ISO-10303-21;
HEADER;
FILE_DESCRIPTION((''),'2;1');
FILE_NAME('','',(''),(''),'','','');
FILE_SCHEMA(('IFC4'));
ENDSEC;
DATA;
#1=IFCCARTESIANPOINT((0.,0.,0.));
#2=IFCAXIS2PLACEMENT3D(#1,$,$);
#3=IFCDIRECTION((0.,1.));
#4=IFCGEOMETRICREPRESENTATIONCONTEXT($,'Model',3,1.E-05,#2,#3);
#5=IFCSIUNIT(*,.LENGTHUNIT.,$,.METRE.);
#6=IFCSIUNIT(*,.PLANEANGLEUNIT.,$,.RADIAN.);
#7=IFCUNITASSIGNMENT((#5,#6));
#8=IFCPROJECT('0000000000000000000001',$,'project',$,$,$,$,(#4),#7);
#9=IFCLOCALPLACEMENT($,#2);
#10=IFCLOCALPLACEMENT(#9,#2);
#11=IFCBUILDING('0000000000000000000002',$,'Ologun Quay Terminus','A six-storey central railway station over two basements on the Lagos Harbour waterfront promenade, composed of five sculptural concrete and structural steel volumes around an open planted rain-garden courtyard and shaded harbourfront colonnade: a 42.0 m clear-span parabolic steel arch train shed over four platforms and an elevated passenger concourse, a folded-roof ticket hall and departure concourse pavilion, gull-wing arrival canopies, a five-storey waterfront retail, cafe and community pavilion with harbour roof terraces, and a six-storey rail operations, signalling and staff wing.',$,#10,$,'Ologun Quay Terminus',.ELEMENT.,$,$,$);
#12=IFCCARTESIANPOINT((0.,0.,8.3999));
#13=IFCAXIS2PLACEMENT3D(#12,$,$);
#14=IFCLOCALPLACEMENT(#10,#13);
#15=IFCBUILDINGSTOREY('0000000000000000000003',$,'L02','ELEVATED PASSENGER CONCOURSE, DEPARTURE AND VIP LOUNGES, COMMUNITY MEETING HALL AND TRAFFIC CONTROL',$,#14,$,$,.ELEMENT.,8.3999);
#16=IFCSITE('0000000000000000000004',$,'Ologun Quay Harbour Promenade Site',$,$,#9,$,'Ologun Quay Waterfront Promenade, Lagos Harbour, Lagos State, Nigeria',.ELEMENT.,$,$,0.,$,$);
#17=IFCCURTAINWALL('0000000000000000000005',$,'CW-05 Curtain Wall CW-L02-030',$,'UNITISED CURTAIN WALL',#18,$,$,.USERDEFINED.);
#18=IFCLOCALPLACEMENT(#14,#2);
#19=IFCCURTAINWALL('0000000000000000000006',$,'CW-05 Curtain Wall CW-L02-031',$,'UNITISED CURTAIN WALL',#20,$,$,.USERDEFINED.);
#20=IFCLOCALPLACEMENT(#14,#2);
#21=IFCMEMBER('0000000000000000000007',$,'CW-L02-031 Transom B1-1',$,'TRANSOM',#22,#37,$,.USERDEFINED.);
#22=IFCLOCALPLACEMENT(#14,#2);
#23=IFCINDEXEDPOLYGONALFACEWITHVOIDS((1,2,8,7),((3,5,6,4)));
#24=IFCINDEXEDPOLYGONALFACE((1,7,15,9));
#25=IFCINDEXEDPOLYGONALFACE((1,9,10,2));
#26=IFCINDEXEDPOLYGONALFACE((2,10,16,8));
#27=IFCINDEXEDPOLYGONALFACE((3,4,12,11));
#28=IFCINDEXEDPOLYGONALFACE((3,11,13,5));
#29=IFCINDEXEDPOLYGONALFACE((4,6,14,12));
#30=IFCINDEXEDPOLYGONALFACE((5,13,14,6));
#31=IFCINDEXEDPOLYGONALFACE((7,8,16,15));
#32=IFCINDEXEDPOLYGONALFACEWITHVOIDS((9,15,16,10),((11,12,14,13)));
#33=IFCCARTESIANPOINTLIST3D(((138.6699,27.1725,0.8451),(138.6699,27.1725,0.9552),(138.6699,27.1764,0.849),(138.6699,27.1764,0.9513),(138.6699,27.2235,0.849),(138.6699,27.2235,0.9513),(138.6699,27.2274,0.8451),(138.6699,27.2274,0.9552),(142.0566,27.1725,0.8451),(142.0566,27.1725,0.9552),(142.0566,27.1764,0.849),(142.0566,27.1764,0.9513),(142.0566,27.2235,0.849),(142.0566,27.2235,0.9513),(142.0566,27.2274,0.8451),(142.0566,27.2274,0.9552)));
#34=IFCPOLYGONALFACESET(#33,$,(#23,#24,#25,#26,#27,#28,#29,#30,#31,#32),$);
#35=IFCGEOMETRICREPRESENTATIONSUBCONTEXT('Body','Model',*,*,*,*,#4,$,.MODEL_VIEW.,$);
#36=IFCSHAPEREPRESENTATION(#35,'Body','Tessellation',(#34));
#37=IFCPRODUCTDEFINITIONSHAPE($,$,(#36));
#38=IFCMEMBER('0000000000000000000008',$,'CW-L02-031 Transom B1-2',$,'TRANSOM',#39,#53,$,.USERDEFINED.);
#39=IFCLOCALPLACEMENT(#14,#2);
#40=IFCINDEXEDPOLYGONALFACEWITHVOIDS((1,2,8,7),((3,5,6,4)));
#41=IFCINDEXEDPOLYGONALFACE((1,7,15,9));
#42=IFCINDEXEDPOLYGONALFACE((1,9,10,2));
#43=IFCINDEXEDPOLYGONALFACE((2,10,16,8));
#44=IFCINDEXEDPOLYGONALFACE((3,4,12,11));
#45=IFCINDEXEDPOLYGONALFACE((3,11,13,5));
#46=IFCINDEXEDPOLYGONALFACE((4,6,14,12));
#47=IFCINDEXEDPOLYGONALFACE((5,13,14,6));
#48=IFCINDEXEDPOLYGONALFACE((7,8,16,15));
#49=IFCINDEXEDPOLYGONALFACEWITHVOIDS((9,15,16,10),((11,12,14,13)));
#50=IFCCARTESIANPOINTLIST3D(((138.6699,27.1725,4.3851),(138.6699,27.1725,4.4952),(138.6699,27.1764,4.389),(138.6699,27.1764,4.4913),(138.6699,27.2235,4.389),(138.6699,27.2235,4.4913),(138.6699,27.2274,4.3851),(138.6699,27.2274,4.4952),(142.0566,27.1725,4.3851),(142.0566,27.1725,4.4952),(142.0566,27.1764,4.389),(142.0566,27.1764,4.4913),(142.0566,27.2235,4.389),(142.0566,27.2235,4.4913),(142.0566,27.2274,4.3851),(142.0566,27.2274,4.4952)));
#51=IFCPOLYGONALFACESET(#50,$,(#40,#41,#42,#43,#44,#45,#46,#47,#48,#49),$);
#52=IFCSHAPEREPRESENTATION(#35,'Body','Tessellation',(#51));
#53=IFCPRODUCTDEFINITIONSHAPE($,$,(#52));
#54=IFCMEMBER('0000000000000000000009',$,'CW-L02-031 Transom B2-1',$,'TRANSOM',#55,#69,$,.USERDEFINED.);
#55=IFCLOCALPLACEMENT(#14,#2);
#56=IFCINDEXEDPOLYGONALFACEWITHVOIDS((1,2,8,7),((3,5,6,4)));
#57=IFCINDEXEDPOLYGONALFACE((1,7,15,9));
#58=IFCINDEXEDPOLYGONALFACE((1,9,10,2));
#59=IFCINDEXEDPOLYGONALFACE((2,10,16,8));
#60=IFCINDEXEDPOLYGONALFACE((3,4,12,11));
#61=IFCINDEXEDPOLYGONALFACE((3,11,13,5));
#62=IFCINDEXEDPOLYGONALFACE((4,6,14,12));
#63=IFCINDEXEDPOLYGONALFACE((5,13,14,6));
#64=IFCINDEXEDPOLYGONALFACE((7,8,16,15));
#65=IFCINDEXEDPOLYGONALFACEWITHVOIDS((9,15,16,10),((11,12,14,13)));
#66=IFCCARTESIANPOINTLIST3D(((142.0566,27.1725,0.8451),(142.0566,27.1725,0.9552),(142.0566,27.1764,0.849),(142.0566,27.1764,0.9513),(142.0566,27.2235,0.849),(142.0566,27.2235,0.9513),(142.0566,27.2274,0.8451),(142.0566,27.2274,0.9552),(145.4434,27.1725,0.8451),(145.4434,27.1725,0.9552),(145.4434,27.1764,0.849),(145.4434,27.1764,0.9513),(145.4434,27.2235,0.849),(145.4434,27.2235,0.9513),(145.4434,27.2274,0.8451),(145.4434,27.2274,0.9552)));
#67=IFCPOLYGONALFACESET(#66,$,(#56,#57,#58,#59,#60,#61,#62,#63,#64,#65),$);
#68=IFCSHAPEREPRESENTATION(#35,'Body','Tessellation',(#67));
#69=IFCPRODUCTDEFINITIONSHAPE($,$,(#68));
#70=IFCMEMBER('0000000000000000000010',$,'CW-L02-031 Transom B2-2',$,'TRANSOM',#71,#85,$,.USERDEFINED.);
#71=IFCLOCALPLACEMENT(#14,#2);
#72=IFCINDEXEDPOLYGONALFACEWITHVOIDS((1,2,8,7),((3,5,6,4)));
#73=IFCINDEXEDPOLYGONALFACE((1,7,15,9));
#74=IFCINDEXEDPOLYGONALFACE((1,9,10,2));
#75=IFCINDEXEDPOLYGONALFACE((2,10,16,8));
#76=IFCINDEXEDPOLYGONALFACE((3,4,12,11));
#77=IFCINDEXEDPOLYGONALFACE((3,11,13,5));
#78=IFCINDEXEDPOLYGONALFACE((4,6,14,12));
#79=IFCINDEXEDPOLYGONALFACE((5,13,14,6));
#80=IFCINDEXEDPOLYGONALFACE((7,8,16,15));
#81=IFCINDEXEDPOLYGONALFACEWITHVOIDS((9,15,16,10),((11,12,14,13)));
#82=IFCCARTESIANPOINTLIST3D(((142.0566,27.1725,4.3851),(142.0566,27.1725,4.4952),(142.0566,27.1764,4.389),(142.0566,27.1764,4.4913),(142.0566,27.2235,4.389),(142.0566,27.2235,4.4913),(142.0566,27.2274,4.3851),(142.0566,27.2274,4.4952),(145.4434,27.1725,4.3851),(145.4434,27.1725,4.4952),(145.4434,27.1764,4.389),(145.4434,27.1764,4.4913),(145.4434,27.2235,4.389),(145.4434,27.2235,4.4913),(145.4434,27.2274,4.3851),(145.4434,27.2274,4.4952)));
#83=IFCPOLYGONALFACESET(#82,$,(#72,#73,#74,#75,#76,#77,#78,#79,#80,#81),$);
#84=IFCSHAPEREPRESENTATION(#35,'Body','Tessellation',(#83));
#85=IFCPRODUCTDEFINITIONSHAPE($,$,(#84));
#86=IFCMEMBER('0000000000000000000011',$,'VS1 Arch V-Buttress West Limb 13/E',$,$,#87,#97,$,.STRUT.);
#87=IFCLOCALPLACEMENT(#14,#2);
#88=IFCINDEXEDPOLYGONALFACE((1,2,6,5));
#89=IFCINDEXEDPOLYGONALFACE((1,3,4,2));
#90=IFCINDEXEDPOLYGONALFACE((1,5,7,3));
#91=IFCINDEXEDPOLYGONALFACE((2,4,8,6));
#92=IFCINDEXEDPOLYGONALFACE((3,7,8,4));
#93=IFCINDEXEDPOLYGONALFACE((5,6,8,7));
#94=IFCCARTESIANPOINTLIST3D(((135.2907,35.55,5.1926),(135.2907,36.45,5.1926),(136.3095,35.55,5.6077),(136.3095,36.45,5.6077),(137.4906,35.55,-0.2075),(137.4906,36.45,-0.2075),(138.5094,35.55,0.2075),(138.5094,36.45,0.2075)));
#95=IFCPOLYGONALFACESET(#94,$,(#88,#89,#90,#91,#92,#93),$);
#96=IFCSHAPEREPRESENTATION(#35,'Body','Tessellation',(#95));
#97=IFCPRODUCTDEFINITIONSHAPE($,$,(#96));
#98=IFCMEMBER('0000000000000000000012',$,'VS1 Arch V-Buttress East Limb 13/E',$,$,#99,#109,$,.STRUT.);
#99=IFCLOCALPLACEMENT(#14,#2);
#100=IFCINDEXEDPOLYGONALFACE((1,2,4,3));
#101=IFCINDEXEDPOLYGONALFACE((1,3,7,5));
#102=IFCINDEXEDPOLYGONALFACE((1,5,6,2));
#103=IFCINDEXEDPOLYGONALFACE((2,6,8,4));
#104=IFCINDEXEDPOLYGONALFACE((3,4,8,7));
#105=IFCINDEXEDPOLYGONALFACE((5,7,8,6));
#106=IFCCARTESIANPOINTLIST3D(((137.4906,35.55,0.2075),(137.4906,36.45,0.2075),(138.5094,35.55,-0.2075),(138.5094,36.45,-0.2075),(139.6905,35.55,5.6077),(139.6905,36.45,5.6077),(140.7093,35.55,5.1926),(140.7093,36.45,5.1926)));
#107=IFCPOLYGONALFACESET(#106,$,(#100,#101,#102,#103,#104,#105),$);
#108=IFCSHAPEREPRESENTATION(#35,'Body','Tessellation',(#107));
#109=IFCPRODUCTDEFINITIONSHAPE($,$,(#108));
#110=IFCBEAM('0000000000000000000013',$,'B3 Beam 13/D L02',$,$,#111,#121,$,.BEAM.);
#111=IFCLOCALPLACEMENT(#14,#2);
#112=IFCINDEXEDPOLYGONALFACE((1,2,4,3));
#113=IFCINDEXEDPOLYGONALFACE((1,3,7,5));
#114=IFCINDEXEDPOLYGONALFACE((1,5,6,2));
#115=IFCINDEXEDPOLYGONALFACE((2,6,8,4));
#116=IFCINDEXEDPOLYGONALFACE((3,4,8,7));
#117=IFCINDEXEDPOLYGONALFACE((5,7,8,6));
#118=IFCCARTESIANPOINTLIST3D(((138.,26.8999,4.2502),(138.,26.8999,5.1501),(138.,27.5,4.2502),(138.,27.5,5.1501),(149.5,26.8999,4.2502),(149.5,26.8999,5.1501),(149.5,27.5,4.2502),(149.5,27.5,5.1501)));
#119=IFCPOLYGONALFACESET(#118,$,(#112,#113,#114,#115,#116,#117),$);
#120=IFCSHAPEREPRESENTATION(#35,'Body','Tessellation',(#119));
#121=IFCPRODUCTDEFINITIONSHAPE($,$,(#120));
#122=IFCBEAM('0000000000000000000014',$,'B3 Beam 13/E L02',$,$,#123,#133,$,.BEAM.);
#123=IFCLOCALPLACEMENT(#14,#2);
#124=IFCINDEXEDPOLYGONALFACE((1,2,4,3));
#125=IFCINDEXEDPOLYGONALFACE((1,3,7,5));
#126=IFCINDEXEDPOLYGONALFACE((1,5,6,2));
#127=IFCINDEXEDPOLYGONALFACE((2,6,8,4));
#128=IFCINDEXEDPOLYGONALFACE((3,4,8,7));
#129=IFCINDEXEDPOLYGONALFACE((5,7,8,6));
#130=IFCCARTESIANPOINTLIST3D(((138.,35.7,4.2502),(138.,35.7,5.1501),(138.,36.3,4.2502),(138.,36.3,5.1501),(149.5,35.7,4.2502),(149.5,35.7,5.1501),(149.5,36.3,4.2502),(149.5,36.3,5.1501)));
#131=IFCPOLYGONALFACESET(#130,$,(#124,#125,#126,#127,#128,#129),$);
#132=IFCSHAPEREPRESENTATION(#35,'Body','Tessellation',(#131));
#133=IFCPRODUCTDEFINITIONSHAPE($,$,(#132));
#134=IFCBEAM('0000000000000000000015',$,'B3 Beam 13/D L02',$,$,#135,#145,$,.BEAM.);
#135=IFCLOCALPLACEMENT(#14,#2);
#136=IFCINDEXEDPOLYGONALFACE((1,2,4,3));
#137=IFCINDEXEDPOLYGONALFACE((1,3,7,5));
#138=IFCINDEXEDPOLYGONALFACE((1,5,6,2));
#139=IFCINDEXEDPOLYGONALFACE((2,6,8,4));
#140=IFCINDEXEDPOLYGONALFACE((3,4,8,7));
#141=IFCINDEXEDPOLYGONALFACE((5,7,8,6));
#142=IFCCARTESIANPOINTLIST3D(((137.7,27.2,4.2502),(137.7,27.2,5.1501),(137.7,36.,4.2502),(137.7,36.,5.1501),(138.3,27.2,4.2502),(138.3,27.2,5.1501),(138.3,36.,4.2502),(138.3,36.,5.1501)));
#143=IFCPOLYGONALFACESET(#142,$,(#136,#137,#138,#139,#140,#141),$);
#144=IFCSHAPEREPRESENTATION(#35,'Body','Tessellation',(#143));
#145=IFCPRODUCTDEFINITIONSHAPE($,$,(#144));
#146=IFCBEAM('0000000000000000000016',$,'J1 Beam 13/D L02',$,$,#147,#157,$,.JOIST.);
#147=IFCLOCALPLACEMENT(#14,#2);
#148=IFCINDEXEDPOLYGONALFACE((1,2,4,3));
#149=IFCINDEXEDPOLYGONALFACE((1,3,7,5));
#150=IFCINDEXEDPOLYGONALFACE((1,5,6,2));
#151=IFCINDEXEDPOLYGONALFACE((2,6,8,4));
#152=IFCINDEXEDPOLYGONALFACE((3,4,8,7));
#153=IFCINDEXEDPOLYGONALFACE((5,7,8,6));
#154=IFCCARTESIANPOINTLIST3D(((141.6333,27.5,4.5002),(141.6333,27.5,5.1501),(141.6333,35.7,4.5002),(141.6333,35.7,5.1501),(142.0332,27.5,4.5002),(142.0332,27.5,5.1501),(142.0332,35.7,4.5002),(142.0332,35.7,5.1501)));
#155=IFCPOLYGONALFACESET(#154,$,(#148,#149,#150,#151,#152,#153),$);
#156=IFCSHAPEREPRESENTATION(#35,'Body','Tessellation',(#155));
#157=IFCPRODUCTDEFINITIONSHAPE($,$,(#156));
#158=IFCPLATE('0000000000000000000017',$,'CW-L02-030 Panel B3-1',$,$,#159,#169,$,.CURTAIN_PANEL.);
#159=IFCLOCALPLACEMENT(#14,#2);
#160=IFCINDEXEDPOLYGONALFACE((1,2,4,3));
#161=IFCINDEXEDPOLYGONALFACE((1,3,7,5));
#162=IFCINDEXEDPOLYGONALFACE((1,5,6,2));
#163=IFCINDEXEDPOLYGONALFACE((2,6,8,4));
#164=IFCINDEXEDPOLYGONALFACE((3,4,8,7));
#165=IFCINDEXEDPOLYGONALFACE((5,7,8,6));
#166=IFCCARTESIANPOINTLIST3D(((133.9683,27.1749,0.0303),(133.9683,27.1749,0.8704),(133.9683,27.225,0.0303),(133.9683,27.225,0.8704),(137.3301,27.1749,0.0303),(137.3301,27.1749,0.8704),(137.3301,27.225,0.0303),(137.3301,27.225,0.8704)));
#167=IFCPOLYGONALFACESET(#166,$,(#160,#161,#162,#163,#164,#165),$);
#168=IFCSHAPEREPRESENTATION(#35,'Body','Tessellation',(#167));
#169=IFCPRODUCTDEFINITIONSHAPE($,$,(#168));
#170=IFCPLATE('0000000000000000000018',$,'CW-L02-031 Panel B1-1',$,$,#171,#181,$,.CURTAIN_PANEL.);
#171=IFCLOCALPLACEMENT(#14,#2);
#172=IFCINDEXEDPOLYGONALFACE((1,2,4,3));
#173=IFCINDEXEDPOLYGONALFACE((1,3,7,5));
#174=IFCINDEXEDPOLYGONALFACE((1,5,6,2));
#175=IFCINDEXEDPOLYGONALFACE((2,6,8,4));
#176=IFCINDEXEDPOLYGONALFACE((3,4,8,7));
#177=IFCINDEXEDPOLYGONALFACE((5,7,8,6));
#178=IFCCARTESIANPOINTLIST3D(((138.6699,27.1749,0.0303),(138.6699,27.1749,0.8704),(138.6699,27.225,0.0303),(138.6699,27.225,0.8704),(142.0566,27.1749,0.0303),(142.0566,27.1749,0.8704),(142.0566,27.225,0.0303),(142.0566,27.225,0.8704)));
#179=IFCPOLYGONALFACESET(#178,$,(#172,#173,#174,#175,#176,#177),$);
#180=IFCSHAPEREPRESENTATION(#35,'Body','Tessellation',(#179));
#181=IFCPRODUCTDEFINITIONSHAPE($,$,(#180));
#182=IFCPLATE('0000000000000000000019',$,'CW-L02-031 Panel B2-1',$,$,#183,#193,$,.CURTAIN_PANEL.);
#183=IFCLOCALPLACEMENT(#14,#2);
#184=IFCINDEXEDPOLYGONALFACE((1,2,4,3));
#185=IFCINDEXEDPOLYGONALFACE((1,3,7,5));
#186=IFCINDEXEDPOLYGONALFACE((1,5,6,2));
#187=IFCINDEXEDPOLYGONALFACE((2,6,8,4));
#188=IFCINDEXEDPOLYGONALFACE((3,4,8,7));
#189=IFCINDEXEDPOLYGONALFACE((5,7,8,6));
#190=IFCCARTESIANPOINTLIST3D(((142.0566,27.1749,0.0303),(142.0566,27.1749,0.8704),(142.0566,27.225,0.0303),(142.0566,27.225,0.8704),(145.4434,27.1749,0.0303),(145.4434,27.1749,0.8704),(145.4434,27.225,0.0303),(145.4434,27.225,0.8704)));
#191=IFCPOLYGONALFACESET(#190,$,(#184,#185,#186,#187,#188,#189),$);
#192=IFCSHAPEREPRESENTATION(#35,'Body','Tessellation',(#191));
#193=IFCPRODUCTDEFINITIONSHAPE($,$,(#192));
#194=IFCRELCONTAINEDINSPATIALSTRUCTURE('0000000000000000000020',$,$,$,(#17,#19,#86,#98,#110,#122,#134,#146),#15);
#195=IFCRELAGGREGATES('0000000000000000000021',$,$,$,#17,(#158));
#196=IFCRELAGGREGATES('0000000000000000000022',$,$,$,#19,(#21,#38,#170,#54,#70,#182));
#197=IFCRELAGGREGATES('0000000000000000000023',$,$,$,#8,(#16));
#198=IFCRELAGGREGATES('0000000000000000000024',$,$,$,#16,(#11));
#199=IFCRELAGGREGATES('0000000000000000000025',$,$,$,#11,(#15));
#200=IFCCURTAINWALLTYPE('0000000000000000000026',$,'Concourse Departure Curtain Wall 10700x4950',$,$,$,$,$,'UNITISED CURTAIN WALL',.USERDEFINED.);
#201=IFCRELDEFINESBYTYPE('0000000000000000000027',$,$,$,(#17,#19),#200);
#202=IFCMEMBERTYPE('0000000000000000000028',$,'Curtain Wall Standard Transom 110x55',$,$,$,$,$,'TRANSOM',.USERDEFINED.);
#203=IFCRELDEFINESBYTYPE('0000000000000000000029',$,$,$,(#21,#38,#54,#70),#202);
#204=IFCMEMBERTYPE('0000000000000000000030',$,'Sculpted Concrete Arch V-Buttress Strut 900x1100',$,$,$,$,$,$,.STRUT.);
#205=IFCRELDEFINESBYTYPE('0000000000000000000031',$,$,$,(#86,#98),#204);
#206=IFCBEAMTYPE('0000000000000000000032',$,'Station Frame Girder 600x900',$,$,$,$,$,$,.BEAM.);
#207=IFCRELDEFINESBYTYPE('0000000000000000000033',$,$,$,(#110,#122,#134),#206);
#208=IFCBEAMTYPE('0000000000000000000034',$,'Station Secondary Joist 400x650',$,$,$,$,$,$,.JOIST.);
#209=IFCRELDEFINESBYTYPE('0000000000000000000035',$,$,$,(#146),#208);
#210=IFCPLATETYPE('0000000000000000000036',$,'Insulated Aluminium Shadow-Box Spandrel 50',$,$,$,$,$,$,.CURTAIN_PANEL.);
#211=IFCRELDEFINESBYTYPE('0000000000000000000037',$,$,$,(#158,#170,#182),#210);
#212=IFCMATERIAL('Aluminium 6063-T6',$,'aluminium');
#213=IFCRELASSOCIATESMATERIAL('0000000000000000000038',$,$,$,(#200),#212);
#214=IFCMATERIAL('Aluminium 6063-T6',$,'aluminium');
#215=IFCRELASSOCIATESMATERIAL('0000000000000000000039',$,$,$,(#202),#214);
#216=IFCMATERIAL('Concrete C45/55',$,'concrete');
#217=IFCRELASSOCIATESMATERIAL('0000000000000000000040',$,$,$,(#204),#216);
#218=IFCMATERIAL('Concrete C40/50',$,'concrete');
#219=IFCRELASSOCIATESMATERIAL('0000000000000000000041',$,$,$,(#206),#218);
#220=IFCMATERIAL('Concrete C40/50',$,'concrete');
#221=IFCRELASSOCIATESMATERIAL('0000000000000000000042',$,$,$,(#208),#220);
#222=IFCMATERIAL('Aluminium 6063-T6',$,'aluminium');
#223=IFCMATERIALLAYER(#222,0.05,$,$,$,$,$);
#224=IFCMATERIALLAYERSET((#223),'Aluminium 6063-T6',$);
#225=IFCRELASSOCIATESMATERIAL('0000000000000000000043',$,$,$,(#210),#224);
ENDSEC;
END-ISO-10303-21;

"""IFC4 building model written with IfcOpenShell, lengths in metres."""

from ifc_helpers import new_model, si_unit, direction, frame, origin, origin_2d, place, context, subcontext, project, spatial, rectangle, hollow_rectangle, extrude, material, layer, layer_set, material_profile, profile_set, type_object, element, aggregate, save


model = new_model("IFC4")

# Units and contexts
model_context = context("Model", 3, precision=1e-05, world=origin(), true_north=direction((0.0, 1.0)))
body_context = subcontext(model_context, "Body", "Model", "MODEL_VIEW")
ifc_project = project(units=[si_unit("LENGTHUNIT", "METRE"), si_unit("PLANEANGLEUNIT", "RADIAN")], contexts=[model_context])

# Site, building, storey
site_placement = place(None, origin())
site = spatial("IfcSite", under=ifc_project, at=site_placement, Name="Ologun Quay Harbour Promenade Site", LongName="Ologun Quay Waterfront Promenade, Lagos Harbour, Lagos State, Nigeria", CompositionType="ELEMENT", RefElevation=0.0)
building_placement = place(site_placement, origin())
building = spatial("IfcBuilding", under=site, at=building_placement, Name="Ologun Quay Terminus", Description="A six-storey central railway station over two basements on the Lagos Harbour waterfront promenade, composed of five sculptural concrete and structural steel volumes around an open planted rain-garden courtyard and shaded harbourfront colonnade: a 42.0 m clear-span parabolic steel arch train shed over four platforms and an elevated passenger concourse, a folded-roof ticket hall and departure concourse pavilion, gull-wing arrival canopies, a five-storey waterfront retail, cafe and community pavilion with harbour roof terraces, and a six-storey rail operations, signalling and staff wing.", LongName="Ologun Quay Terminus", CompositionType="ELEMENT")
storey_placement = place(building_placement, frame((0.0, 0.0, 8.3999)))
storey = spatial("IfcBuildingStorey", under=building, at=storey_placement, Name="L02", Description="ELEVATED PASSENGER CONCOURSE, DEPARTURE AND VIP LOUNGES, COMMUNITY MEETING HALL AND TRAFFIC CONTROL", CompositionType="ELEMENT", Elevation=8.3999)

# Curtain wall
ifc_material_1 = material(Name="Aluminium 6063-T6", Category="aluminium")
curtain_wall_type_1 = type_object("IfcCurtainWallType", Name="Concourse Departure Curtain Wall 10700x4950", ElementType="UNITISED CURTAIN WALL", PredefinedType="USERDEFINED", material=ifc_material_1)
curtain_wall_1_placement = place(storey_placement, origin())
curtain_wall_1 = element("IfcCurtainWall", 1, at=curtain_wall_1_placement, inside=storey, type_object=curtain_wall_type_1, Name="CW-05 Curtain Wall CW-L02-030", ObjectType="UNITISED CURTAIN WALL", PredefinedType="USERDEFINED")

# Curtain wall, members
curtain_wall_2_placement = place(storey_placement, origin())
curtain_wall_2 = element("IfcCurtainWall", 2, at=curtain_wall_2_placement, inside=storey, type_object=curtain_wall_type_1, Name="CW-05 Curtain Wall CW-L02-031", ObjectType="UNITISED CURTAIN WALL", PredefinedType="USERDEFINED")
ifc_material_2 = material(Name="Aluminium 6063-T6", Category="aluminium")
ifc_material_profile_1 = material_profile(ifc_material_2, hollow_rectangle(XDim=0.0549, YDim=0.1101, WallThickness=0.0039, at=origin_2d()), Name="ALU 110x55x4")
ifc_profile_set_1 = profile_set([ifc_material_profile_1], Name="Aluminium 6063-T6")
member_type_1 = type_object("IfcMemberType", Name="Curtain Wall Standard Transom 110x55", ElementType="TRANSOM", PredefinedType="USERDEFINED", material=ifc_profile_set_1)
member_1_placement = place(storey_placement, frame((138.6699, 27.2, 0.9001), z_axis=(1.0, 0.0, 0.0), x_axis=(0.0, 1.0, 0.0)))
member_1 = element("IfcMember", 3, at=member_1_placement, type_object=member_type_1, Name="CW-L02-031 Transom B1-1", ObjectType="TRANSOM", PredefinedType="USERDEFINED", context=body_context, shape_type="SweptSolid", body=[
    extrude(hollow_rectangle(XDim=0.0549, YDim=0.1101, WallThickness=0.0039, at=origin_2d()), origin(), (0.0, 0.0, 1.0), 3.3867),
])
member_2_placement = place(storey_placement, frame((138.6699, 27.2, 4.4402), z_axis=(1.0, 0.0, 0.0), x_axis=(0.0, 1.0, 0.0)))
member_2 = element("IfcMember", 4, at=member_2_placement, type_object=member_type_1, Name="CW-L02-031 Transom B1-2", ObjectType="TRANSOM", PredefinedType="USERDEFINED", context=body_context, shape_type="SweptSolid", body=[
    extrude(hollow_rectangle(XDim=0.0549, YDim=0.1101, WallThickness=0.0039, at=origin_2d()), origin(), (0.0, 0.0, 1.0), 3.3867),
])
member_3_placement = place(storey_placement, frame((142.0566, 27.2, 0.9001), z_axis=(1.0, 0.0, 0.0), x_axis=(0.0, 1.0, 0.0)))
member_3 = element("IfcMember", 5, at=member_3_placement, type_object=member_type_1, Name="CW-L02-031 Transom B2-1", ObjectType="TRANSOM", PredefinedType="USERDEFINED", context=body_context, shape_type="SweptSolid", body=[
    extrude(hollow_rectangle(XDim=0.0549, YDim=0.1101, WallThickness=0.0039, at=origin_2d()), origin(), (0.0, 0.0, 1.0), 3.3867),
])
member_4_placement = place(storey_placement, frame((142.0566, 27.2, 4.4402), z_axis=(1.0, 0.0, 0.0), x_axis=(0.0, 1.0, 0.0)))
member_4 = element("IfcMember", 6, at=member_4_placement, type_object=member_type_1, Name="CW-L02-031 Transom B2-2", ObjectType="TRANSOM", PredefinedType="USERDEFINED", context=body_context, shape_type="SweptSolid", body=[
    extrude(hollow_rectangle(XDim=0.0549, YDim=0.1101, WallThickness=0.0039, at=origin_2d()), origin(), (0.0, 0.0, 1.0), 3.3867),
])

# Members
ifc_material_3 = material(Name="Concrete C45/55", Category="concrete")
ifc_material_profile_2 = material_profile(ifc_material_3, rectangle(XDim=0.8999, YDim=1.1001, at=origin_2d()), Name="RC 900x1100")
ifc_profile_set_2 = profile_set([ifc_material_profile_2], Name="Concrete C45/55")
member_type_2 = type_object("IfcMemberType", Name="Sculpted Concrete Arch V-Buttress Strut 900x1100", PredefinedType="STRUT", material=ifc_profile_set_2)
for number, where, z_axis, x_axis, name in (
    (7, (138.0, 36.0, 0.0), (-0.377281, 0.0, 0.926099), (0.0, -1.0, 0.0), "VS1 Arch V-Buttress West Limb 13/E"),
    (8, (138.0, 36.0, 0.0), (0.377281, 0.0, 0.926099), (0.0, 1.0, 0.0), "VS1 Arch V-Buttress East Limb 13/E"),
):
    element("IfcMember", number, at=place(storey_placement, frame(where, z_axis=z_axis, x_axis=x_axis)), inside=storey, type_object=member_type_2, Name=name, PredefinedType="STRUT", context=body_context, shape_type="SweptSolid", body=[
        extrude(rectangle(XDim=0.8999, YDim=1.1001, at=origin_2d()), origin(), (0.0, 0.0, 1.0), 5.8311),
    ])

# Beams
ifc_material_4 = material(Name="Concrete C40/50", Category="concrete")
ifc_material_profile_3 = material_profile(ifc_material_4, rectangle(XDim=0.6001, YDim=0.8999, at=origin_2d()), Name="RC 600x900")
ifc_profile_set_3 = profile_set([ifc_material_profile_3], Name="Concrete C40/50")
beam_type_1 = type_object("IfcBeamType", Name="Station Frame Girder 600x900", PredefinedType="BEAM", material=ifc_profile_set_3)
for number, where, z_axis, x_axis, name in (
    (9, (138.0, 27.2, 4.7002), (1.0, 0.0, 0.0), (0.0, 1.0, 0.0), "B3 Beam 13/D L02"),
    (10, (138.0, 36.0, 4.7002), (1.0, 0.0, 0.0), (0.0, 1.0, 0.0), "B3 Beam 13/E L02"),
):
    element("IfcBeam", number, at=place(storey_placement, frame(where, z_axis=z_axis, x_axis=x_axis)), inside=storey, type_object=beam_type_1, Name=name, PredefinedType="BEAM", context=body_context, shape_type="SweptSolid", body=[
        extrude(rectangle(XDim=0.6001, YDim=0.8999, at=origin_2d()), origin(), (0.0, 0.0, 1.0), 11.5),
    ])
beam_1_placement = place(storey_placement, frame((138.0, 27.2, 4.7002), z_axis=(0.0, 1.0, 0.0), x_axis=(-1.0, 0.0, 0.0)))
element("IfcBeam", 11, at=beam_1_placement, inside=storey, type_object=beam_type_1, Name="B3 Beam 13/D L02", PredefinedType="BEAM", context=body_context, shape_type="SweptSolid", body=[
    extrude(rectangle(XDim=0.6001, YDim=0.8999, at=origin_2d()), origin(), (0.0, 0.0, 1.0), 8.8),
])
ifc_material_5 = material(Name="Concrete C40/50", Category="concrete")
ifc_material_profile_4 = material_profile(ifc_material_5, rectangle(XDim=0.3999, YDim=0.6499, at=origin_2d()), Name="RC 400x650")
ifc_profile_set_4 = profile_set([ifc_material_profile_4], Name="Concrete C40/50")
beam_type_2 = type_object("IfcBeamType", Name="Station Secondary Joist 400x650", PredefinedType="JOIST", material=ifc_profile_set_4)
beam_2_placement = place(storey_placement, frame((141.8333, 27.5, 4.8252), z_axis=(0.0, 1.0, 0.0), x_axis=(-1.0, 0.0, 0.0)))
element("IfcBeam", 12, at=beam_2_placement, inside=storey, type_object=beam_type_2, Name="J1 Beam 13/D L02", PredefinedType="JOIST", context=body_context, shape_type="SweptSolid", body=[
    extrude(rectangle(XDim=0.3999, YDim=0.6499, at=origin_2d()), origin(), (0.0, 0.0, 1.0), 8.2),
])

# Plates
ifc_material_6 = material(Name="Aluminium 6063-T6", Category="aluminium")
ifc_layer_1 = layer(ifc_material_6, 0.05)
ifc_layer_set_1 = layer_set([ifc_layer_1], Name="Aluminium 6063-T6")
plate_type_1 = type_object("IfcPlateType", Name="Insulated Aluminium Shadow-Box Spandrel 50", PredefinedType="CURTAIN_PANEL", material=ifc_layer_set_1)
plate_1_placement = place(storey_placement, frame((135.6492, 27.2, 0.0303), z_axis=(0.0, 0.0, 1.0), x_axis=(1.0, 0.0, 0.0)))
plate_1 = element("IfcPlate", 13, at=plate_1_placement, type_object=plate_type_1, Name="CW-L02-030 Panel B3-1", PredefinedType="CURTAIN_PANEL", context=body_context, shape_type="SweptSolid", body=[
    extrude(rectangle(XDim=3.3618, YDim=0.05, at=origin_2d()), origin(), (0.0, 0.0, 1.0), 0.8401),
])
plate_2_placement = place(storey_placement, frame((140.3633, 27.2, 0.0303), z_axis=(0.0, 0.0, 1.0), x_axis=(1.0, 0.0, 0.0)))
plate_2 = element("IfcPlate", 14, at=plate_2_placement, type_object=plate_type_1, Name="CW-L02-031 Panel B1-1", PredefinedType="CURTAIN_PANEL", context=body_context, shape_type="SweptSolid", body=[
    extrude(rectangle(XDim=3.3867, YDim=0.05, at=origin_2d()), origin(), (0.0, 0.0, 1.0), 0.8401),
])
plate_3_placement = place(storey_placement, frame((143.75, 27.2, 0.0303), z_axis=(0.0, 0.0, 1.0), x_axis=(1.0, 0.0, 0.0)))
plate_3 = element("IfcPlate", 15, at=plate_3_placement, type_object=plate_type_1, Name="CW-L02-031 Panel B2-1", PredefinedType="CURTAIN_PANEL", context=body_context, shape_type="SweptSolid", body=[
    extrude(rectangle(XDim=3.3867, YDim=0.05, at=origin_2d()), origin(), (0.0, 0.0, 1.0), 0.8401),
])
aggregate(curtain_wall_1, [plate_1])
aggregate(curtain_wall_2, [member_1, member_2, plate_2, member_3, member_4, plate_3])

save(model, "model.ifc")
